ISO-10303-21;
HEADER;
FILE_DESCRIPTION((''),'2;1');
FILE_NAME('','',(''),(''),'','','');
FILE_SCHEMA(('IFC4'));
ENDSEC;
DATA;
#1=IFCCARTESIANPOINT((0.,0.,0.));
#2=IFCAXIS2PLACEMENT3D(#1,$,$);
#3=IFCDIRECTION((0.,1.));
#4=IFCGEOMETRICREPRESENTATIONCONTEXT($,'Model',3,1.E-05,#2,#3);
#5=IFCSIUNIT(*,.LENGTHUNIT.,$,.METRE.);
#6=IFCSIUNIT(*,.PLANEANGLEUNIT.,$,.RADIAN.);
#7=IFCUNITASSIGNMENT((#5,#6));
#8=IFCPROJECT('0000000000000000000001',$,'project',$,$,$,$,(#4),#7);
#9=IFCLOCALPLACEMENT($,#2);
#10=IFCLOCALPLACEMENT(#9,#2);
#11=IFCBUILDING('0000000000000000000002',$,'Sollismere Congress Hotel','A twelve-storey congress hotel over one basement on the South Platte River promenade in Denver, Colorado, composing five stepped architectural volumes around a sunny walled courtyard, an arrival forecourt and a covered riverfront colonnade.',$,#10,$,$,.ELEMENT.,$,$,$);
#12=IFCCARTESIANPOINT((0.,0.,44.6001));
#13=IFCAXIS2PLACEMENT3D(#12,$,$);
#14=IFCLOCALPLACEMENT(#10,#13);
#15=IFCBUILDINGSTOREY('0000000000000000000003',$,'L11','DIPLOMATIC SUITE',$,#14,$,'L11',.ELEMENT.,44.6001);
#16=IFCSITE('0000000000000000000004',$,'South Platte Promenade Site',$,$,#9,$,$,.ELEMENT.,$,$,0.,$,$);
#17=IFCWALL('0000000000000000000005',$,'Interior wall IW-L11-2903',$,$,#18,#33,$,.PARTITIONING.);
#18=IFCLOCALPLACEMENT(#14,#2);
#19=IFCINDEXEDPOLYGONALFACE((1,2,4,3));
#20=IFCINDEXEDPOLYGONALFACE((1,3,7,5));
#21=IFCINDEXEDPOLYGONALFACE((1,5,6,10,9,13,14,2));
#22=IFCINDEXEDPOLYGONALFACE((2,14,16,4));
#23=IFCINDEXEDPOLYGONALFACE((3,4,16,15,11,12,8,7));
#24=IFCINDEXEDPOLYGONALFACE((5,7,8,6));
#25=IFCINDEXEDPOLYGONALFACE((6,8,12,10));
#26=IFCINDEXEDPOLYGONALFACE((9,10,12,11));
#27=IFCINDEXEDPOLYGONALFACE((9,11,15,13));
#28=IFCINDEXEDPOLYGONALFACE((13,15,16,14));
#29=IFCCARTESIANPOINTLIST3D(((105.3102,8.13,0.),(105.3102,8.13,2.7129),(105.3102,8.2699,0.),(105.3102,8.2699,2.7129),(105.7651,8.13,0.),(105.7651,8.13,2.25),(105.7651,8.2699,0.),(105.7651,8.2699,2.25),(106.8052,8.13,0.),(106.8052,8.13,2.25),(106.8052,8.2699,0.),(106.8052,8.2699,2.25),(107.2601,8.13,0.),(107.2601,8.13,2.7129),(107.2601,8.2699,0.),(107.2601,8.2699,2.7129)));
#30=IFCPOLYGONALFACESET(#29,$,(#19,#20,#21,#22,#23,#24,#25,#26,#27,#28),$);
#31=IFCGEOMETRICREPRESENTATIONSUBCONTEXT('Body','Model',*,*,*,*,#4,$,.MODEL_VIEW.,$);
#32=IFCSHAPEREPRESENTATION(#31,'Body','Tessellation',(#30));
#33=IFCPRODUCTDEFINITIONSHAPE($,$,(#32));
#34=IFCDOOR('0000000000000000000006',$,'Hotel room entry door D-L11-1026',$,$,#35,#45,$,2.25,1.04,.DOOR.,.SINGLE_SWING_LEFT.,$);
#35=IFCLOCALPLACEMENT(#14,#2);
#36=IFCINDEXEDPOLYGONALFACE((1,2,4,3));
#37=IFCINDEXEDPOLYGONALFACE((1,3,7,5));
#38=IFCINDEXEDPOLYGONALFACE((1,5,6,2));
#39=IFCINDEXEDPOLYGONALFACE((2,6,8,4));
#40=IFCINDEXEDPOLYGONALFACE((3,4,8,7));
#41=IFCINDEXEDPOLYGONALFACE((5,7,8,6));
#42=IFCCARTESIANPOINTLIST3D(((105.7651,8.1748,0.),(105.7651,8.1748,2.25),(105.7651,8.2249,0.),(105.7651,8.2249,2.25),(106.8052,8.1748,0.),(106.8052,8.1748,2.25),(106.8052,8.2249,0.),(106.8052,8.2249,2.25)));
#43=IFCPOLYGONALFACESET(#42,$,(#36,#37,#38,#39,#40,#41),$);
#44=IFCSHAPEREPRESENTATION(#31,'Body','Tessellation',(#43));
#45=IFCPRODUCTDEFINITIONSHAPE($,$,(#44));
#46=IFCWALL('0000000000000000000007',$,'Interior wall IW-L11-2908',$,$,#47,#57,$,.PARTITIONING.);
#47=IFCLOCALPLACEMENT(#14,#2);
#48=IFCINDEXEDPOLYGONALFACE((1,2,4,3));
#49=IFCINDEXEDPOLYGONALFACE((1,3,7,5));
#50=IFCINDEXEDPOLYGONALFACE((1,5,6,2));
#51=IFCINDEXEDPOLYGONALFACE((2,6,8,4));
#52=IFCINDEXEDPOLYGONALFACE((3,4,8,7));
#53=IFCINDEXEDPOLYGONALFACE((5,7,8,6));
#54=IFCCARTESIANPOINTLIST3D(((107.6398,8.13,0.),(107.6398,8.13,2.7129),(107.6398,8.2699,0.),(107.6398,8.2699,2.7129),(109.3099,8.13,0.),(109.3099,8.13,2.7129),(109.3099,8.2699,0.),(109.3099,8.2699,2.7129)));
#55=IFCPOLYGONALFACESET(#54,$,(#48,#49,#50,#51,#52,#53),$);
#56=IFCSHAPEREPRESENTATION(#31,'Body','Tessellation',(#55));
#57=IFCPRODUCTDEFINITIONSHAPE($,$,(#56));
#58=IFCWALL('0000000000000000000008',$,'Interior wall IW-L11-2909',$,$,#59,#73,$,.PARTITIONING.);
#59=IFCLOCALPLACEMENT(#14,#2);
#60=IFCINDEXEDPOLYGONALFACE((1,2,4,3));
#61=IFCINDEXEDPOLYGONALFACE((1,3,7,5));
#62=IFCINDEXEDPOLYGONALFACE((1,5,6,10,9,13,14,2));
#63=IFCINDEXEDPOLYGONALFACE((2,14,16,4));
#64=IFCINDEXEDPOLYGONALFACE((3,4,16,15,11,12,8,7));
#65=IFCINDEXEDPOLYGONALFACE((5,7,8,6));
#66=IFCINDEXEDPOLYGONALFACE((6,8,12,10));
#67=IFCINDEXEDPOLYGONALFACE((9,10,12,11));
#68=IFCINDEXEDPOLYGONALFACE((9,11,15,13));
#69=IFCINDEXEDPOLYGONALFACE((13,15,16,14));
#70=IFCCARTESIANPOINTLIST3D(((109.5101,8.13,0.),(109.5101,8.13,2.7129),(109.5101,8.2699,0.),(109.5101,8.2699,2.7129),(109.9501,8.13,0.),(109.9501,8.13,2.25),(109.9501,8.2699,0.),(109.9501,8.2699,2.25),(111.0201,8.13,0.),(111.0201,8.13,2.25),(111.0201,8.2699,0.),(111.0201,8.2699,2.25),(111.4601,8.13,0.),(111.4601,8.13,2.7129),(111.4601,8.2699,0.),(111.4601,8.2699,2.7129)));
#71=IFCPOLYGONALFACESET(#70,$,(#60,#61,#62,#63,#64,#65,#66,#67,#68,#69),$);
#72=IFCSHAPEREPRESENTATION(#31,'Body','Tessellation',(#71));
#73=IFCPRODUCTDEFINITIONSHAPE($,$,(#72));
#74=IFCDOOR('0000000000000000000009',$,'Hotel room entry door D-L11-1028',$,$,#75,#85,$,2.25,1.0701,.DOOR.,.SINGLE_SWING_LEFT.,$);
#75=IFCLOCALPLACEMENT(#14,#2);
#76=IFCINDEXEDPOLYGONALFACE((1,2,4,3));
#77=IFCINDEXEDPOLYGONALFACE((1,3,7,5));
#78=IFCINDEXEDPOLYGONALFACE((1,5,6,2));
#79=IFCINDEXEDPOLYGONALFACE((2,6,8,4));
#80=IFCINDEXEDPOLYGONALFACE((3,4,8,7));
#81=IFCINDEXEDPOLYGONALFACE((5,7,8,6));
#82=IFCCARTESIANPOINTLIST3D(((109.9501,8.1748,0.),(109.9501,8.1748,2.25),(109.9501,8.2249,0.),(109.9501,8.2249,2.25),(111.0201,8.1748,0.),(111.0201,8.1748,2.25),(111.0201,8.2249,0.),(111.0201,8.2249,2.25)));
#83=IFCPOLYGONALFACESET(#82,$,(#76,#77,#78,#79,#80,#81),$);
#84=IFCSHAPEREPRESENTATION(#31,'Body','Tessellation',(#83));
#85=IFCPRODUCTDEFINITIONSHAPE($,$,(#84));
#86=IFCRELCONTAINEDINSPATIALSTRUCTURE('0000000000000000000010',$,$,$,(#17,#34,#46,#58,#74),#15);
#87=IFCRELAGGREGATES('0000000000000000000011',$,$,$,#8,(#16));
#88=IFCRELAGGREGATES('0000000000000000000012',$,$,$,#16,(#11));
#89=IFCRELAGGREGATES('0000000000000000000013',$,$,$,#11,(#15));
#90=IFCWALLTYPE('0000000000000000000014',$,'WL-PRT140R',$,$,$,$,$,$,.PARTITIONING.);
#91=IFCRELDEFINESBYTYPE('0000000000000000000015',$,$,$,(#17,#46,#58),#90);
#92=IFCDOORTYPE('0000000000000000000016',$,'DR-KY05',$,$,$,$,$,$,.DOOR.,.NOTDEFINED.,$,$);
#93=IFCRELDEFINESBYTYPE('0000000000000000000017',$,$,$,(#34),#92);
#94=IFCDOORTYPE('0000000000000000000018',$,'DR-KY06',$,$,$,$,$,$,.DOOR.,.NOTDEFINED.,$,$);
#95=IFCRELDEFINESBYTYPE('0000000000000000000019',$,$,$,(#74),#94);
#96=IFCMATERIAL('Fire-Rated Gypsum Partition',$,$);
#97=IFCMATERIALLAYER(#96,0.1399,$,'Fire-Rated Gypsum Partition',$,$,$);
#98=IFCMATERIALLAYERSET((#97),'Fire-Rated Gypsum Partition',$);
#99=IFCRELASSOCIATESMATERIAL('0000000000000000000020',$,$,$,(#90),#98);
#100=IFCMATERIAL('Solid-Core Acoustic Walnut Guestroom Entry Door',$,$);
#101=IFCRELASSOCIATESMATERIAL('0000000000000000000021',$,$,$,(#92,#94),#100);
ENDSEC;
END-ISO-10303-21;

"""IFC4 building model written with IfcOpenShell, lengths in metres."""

from ifc_helpers import new_model, si_unit, direction, frame, frame_2d, origin, place, context, subcontext, project, spatial, rectangle, extrude, material, layer, layer_set, type_object, element, fill, save


model = new_model("IFC4")

# Units and contexts
model_context = context("Model", 3, precision=1e-05, world=origin(), true_north=direction((0.0, 1.0)))
body_context = subcontext(model_context, "Body", "Model", "MODEL_VIEW")
ifc_project = project(units=[si_unit("LENGTHUNIT", "METRE"), si_unit("PLANEANGLEUNIT", "RADIAN")], contexts=[model_context])

# Site, building, storey
site_placement = place(None, origin())
site = spatial("IfcSite", under=ifc_project, at=site_placement, Name="South Platte Promenade Site", CompositionType="ELEMENT", RefElevation=0.0)
building_placement = place(site_placement, origin())
building = spatial("IfcBuilding", under=site, at=building_placement, Name="Sollismere Congress Hotel", Description="A twelve-storey congress hotel over one basement on the South Platte River promenade in Denver, Colorado, composing five stepped architectural volumes around a sunny walled courtyard, an arrival forecourt and a covered riverfront colonnade.", CompositionType="ELEMENT")
storey_placement = place(building_placement, frame((0.0, 0.0, 44.6001)))
storey = spatial("IfcBuildingStorey", under=building, at=storey_placement, Name="L11", Description="DIPLOMATIC SUITE", LongName="L11", CompositionType="ELEMENT", Elevation=44.6001)

# Shared definitions
ifc_material_1 = material(Name="Fire-Rated Gypsum Partition")
ifc_layer_1 = layer(ifc_material_1, 0.1399, Name="Fire-Rated Gypsum Partition")
ifc_layer_set_1 = layer_set([ifc_layer_1], Name="Fire-Rated Gypsum Partition")
wall_type_1 = type_object("IfcWallType", Name="WL-PRT140R", PredefinedType="PARTITIONING", material=ifc_layer_set_1)

# Wall, opening, door
wall_1_placement = place(storey_placement, frame((105.3101, 8.2, 0.0), z_axis=(0.0, 0.0, 1.0), x_axis=(1.0, 0.0, 0.0)))
wall_1 = element("IfcWall", 1, at=wall_1_placement, inside=storey, type_object=wall_type_1, Name="Interior wall IW-L11-2903", PredefinedType="PARTITIONING", context=body_context, shape_type="SweptSolid", body=[
    extrude(rectangle(XDim=1.95, YDim=0.1399, at=frame_2d((0.9751, 0.0))), origin(), (0.0, 0.0, 1.0), 2.7129),
])
opening_1_placement = place(wall_1_placement, frame((0.4551, 0.0, 0.0)))
opening_1 = element("IfcOpeningElement", 2, at=opening_1_placement, cuts=wall_1, PredefinedType="OPENING", context=body_context, shape_type="SweptSolid", body=[
    extrude(rectangle(XDim=1.04, YDim=2.25, at=frame_2d((0.52, 1.125))), frame((0.0, 0.0798, 0.0), z_axis=(0.0, -1.0, 0.0), x_axis=(1.0, 0.0, 0.0)), (0.0, 0.0, 1.0), 0.1599),
])
ifc_material_2 = material(Name="Solid-Core Acoustic Walnut Guestroom Entry Door")
door_type_1 = type_object("IfcDoorType", Name="DR-KY05", OperationType="NOTDEFINED", PredefinedType="DOOR", material=ifc_material_2)
door_1_placement = place(opening_1_placement, origin())
door_1 = element("IfcDoor", 3, at=door_1_placement, inside=storey, type_object=door_type_1, Name="Hotel room entry door D-L11-1026", OperationType="SINGLE_SWING_LEFT", OverallHeight=2.25, OverallWidth=1.04, PredefinedType="DOOR", context=body_context, shape_type="SweptSolid", body=[
    extrude(rectangle(XDim=1.04, YDim=2.25, at=frame_2d((0.52, 1.125))), frame((0.0, 0.0249, 0.0), z_axis=(0.0, -1.0, 0.0), x_axis=(1.0, 0.0, 0.0)), (0.0, 0.0, 1.0), 0.05),
])
fill(opening_1, door_1)

# Wall
wall_2_placement = place(storey_placement, frame((107.6399, 8.2, 0.0), z_axis=(0.0, 0.0, 1.0), x_axis=(1.0, 0.0, 0.0)))
element("IfcWall", 4, at=wall_2_placement, inside=storey, type_object=wall_type_1, Name="Interior wall IW-L11-2908", PredefinedType="PARTITIONING", context=body_context, shape_type="SweptSolid", body=[
    extrude(rectangle(XDim=1.6702, YDim=0.1399, at=frame_2d((0.835, 0.0))), origin(), (0.0, 0.0, 1.0), 2.7129),
])

# Wall, opening, door
wall_3_placement = place(storey_placement, frame((109.51, 8.2, 0.0), z_axis=(0.0, 0.0, 1.0), x_axis=(1.0, 0.0, 0.0)))
wall_3 = element("IfcWall", 5, at=wall_3_placement, inside=storey, type_object=wall_type_1, Name="Interior wall IW-L11-2909", PredefinedType="PARTITIONING", context=body_context, shape_type="SweptSolid", body=[
    extrude(rectangle(XDim=1.95, YDim=0.1399, at=frame_2d((0.9751, 0.0))), origin(), (0.0, 0.0, 1.0), 2.7129),
])
opening_2_placement = place(wall_3_placement, frame((0.4399, 0.0, 0.0)))
opening_2 = element("IfcOpeningElement", 6, at=opening_2_placement, cuts=wall_3, PredefinedType="OPENING", context=body_context, shape_type="SweptSolid", body=[
    extrude(rectangle(XDim=1.0701, YDim=2.25, at=frame_2d((0.5352, 1.125))), frame((0.0, 0.0798, 0.0), z_axis=(0.0, -1.0, 0.0), x_axis=(1.0, 0.0, 0.0)), (0.0, 0.0, 1.0), 0.1599),
])
door_type_2 = type_object("IfcDoorType", Name="DR-KY06", OperationType="NOTDEFINED", PredefinedType="DOOR", material=ifc_material_2)
door_2_placement = place(opening_2_placement, origin())
door_2 = element("IfcDoor", 7, at=door_2_placement, inside=storey, type_object=door_type_2, Name="Hotel room entry door D-L11-1028", OperationType="SINGLE_SWING_LEFT", OverallHeight=2.25, OverallWidth=1.0701, PredefinedType="DOOR", context=body_context, shape_type="SweptSolid", body=[
    extrude(rectangle(XDim=1.0701, YDim=2.25, at=frame_2d((0.5352, 1.125))), frame((0.0, 0.0249, 0.0), z_axis=(0.0, -1.0, 0.0), x_axis=(1.0, 0.0, 0.0)), (0.0, 0.0, 1.0), 0.05),
])
fill(opening_2, door_2)

save(model, "model.ifc")
